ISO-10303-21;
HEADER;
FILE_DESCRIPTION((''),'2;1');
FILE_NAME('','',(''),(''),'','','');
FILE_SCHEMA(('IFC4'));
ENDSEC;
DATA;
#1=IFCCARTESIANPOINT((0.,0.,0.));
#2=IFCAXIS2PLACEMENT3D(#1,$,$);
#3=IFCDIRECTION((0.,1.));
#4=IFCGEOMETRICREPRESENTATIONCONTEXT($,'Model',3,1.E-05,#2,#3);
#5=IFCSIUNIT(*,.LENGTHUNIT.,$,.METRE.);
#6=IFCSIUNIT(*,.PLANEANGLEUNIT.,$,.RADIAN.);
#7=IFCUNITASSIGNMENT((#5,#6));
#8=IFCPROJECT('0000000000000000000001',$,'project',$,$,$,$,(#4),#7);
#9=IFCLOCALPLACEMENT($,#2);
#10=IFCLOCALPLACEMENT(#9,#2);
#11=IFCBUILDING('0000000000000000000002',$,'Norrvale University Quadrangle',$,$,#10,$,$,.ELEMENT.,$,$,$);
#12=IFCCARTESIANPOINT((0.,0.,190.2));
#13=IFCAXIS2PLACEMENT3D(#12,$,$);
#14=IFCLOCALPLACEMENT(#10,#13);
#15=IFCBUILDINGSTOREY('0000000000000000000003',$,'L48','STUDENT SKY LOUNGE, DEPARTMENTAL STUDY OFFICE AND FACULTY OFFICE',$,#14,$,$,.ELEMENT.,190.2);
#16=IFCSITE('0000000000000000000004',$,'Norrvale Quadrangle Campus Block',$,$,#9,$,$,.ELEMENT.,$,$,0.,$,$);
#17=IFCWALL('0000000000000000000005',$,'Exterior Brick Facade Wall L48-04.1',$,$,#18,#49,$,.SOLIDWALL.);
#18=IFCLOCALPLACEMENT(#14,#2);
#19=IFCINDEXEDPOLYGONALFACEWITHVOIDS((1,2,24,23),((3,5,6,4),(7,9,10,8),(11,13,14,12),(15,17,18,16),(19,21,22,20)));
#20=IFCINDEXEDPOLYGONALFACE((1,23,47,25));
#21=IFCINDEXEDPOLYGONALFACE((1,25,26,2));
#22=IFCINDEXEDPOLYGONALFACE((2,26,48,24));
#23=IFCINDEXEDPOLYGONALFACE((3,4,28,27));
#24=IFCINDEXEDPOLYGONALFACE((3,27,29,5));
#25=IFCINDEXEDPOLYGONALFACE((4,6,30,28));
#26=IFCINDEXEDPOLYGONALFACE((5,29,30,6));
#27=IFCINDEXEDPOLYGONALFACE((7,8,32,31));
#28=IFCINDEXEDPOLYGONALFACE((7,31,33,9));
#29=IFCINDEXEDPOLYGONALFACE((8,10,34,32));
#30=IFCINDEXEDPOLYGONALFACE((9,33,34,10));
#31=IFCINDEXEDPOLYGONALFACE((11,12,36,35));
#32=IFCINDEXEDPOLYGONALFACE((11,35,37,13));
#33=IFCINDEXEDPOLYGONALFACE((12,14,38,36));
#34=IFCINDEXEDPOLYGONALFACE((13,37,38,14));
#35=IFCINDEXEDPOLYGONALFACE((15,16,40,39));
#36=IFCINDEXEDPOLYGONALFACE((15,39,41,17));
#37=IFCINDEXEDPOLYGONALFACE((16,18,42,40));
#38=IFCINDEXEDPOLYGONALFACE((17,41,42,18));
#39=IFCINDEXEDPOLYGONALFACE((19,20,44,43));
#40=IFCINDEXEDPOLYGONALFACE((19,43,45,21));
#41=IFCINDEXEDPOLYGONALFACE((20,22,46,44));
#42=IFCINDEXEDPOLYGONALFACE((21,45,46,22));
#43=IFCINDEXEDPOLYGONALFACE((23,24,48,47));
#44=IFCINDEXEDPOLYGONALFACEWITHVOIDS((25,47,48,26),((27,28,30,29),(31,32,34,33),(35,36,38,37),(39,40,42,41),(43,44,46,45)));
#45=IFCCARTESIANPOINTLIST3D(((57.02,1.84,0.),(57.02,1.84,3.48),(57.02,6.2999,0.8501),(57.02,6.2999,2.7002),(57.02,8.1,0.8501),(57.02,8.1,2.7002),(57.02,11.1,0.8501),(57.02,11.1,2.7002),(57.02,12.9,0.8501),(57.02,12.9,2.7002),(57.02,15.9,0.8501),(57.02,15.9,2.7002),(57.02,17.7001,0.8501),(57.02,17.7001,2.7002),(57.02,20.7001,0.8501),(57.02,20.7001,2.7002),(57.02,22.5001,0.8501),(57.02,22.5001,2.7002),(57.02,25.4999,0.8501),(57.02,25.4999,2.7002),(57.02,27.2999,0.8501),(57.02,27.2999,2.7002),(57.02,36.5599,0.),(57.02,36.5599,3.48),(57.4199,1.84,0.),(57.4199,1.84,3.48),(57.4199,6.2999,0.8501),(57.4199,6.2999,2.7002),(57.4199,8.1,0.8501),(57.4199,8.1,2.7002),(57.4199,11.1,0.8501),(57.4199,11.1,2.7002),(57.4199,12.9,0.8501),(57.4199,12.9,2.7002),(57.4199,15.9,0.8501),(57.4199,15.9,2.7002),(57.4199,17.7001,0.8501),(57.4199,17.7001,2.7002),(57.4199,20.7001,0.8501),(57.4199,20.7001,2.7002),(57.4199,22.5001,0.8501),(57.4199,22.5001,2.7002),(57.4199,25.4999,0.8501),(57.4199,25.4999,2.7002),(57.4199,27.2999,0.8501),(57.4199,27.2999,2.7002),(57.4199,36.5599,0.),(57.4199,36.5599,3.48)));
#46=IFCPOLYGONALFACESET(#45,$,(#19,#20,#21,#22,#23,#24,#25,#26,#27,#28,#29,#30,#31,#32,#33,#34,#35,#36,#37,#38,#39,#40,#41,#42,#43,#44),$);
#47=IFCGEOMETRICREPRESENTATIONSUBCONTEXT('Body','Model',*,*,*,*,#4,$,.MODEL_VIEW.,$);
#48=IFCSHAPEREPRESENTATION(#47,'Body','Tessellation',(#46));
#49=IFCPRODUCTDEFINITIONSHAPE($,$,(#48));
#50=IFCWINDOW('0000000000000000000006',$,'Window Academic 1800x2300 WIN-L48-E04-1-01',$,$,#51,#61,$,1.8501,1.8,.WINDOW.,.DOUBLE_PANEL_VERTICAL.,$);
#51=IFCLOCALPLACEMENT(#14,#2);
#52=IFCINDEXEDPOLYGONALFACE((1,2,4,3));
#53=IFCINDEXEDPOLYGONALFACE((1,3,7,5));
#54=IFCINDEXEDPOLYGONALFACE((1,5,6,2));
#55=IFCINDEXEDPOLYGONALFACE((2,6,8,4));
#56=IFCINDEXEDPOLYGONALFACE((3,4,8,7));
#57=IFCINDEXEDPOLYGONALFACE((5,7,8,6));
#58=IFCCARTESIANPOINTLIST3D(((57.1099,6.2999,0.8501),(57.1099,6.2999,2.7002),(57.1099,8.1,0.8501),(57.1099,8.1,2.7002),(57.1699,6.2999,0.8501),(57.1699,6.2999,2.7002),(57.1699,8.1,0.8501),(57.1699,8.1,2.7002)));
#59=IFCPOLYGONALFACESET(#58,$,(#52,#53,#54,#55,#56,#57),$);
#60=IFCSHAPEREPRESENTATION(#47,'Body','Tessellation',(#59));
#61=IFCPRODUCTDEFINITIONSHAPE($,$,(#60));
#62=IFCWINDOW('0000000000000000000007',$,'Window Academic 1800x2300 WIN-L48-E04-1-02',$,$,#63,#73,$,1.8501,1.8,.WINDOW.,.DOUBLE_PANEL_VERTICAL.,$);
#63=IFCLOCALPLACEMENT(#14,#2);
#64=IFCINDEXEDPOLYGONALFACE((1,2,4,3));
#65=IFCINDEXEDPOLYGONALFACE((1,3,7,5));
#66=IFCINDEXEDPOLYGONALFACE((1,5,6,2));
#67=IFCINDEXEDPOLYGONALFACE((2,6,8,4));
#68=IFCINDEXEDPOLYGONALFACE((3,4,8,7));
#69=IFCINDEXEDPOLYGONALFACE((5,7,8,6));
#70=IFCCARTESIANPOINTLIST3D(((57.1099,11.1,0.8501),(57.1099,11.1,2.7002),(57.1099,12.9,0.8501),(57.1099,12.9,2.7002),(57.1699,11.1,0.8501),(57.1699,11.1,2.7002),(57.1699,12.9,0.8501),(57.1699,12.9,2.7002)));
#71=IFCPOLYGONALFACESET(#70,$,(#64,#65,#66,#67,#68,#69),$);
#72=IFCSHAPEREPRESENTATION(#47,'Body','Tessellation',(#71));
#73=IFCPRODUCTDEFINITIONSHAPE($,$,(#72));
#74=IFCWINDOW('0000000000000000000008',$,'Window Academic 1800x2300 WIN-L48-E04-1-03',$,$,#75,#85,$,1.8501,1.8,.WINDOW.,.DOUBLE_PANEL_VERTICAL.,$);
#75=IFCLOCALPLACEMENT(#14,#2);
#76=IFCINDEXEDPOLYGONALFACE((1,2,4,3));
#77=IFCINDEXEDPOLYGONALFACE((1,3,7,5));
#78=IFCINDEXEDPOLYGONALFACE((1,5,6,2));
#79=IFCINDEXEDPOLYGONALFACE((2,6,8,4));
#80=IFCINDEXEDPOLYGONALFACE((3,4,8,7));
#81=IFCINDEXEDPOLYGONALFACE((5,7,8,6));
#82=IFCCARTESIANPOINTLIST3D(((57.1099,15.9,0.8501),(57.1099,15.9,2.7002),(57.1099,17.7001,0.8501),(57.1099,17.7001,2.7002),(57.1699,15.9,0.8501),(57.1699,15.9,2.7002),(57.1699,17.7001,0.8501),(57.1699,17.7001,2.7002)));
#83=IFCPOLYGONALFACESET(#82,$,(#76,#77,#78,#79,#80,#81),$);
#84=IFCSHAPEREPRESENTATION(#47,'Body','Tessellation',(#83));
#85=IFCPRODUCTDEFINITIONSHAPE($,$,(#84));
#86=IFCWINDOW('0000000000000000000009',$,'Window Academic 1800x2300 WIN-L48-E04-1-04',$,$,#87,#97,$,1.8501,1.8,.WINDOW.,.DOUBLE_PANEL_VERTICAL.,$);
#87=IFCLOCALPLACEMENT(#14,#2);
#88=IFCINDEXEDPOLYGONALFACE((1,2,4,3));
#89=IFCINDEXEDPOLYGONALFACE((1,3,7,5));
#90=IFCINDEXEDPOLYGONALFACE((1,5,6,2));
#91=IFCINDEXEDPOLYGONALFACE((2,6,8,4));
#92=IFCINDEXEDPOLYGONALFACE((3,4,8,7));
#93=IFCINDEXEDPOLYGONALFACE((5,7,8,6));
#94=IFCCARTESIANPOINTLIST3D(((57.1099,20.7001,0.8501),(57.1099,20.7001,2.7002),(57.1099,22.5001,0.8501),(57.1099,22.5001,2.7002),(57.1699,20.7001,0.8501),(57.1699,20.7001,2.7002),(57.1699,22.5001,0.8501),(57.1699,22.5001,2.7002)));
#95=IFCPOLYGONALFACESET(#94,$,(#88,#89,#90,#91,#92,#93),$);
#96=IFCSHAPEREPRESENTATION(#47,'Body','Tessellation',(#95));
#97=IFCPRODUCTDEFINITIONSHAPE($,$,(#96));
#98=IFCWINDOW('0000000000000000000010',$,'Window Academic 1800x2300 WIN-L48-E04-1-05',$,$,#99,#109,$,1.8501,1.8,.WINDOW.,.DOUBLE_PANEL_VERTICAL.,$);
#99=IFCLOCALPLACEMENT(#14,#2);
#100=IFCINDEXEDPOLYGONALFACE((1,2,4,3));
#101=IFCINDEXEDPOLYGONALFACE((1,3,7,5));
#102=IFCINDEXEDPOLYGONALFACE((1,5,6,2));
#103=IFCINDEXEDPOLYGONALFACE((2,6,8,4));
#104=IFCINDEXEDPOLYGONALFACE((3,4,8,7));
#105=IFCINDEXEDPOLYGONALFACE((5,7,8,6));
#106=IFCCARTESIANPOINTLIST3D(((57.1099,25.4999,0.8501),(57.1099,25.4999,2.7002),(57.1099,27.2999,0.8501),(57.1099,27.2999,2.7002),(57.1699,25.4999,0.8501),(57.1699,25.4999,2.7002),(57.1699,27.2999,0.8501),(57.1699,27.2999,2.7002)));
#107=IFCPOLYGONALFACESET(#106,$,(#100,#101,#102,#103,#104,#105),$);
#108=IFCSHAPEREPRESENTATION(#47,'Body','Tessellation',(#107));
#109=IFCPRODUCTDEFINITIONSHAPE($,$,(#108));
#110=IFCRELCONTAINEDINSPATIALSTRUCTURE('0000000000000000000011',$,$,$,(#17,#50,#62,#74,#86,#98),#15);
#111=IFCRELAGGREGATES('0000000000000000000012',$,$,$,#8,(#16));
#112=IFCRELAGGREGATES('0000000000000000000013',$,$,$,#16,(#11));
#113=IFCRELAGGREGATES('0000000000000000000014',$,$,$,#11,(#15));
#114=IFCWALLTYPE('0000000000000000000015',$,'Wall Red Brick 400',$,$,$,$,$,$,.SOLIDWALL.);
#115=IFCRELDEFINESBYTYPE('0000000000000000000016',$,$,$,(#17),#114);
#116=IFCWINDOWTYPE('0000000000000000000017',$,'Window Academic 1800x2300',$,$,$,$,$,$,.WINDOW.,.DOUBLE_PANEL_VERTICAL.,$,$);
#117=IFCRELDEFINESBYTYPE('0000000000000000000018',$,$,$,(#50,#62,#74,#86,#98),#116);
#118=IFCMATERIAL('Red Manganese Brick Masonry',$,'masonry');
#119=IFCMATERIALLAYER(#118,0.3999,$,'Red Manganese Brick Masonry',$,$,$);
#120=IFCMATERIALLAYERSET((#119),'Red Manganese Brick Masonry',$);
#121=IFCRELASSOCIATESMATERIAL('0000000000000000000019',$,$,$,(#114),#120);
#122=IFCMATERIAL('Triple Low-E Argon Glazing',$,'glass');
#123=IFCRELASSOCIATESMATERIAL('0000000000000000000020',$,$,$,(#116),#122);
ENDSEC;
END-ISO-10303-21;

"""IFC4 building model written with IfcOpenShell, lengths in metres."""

from ifc_helpers import new_model, si_unit, direction, frame, frame_2d, origin, place, context, subcontext, project, spatial, rectangle, extrude, material, layer, layer_set, type_object, element, fill, save


model = new_model("IFC4")

# Units and contexts
model_context = context("Model", 3, precision=1e-05, world=origin(), true_north=direction((0.0, 1.0)))
body_context = subcontext(model_context, "Body", "Model", "MODEL_VIEW")
ifc_project = project(units=[si_unit("LENGTHUNIT", "METRE"), si_unit("PLANEANGLEUNIT", "RADIAN")], contexts=[model_context])

# Site, building, storey
site_placement = place(None, origin())
site = spatial("IfcSite", under=ifc_project, at=site_placement, Name="Norrvale Quadrangle Campus Block", CompositionType="ELEMENT", RefElevation=0.0)
building_placement = place(site_placement, origin())
building = spatial("IfcBuilding", under=site, at=building_placement, Name="Norrvale University Quadrangle", CompositionType="ELEMENT")
storey_placement = place(building_placement, frame((0.0, 0.0, 190.2)))
storey = spatial("IfcBuildingStorey", under=building, at=storey_placement, Name="L48", Description="STUDENT SKY LOUNGE, DEPARTMENTAL STUDY OFFICE AND FACULTY OFFICE", CompositionType="ELEMENT", Elevation=190.2)

# Shared definitions
ifc_material_1 = material(Name="Red Manganese Brick Masonry", Category="masonry")
ifc_layer_1 = layer(ifc_material_1, 0.3999, Name="Red Manganese Brick Masonry")
ifc_layer_set_1 = layer_set([ifc_layer_1], Name="Red Manganese Brick Masonry")
wall_type_1 = type_object("IfcWallType", Name="Wall Red Brick 400", PredefinedType="SOLIDWALL", material=ifc_layer_set_1)

# Wall, openings, windows
wall_1_placement = place(storey_placement, frame((57.22, 1.8401, 0.0), z_axis=(0.0, 0.0, 1.0), x_axis=(0.0, 1.0, 0.0)))
wall_1 = element("IfcWall", 1, at=wall_1_placement, inside=storey, type_object=wall_type_1, Name="Exterior Brick Facade Wall L48-04.1", PredefinedType="SOLIDWALL", context=body_context, shape_type="SweptSolid", body=[
    extrude(rectangle(XDim=34.72, YDim=0.3999, at=frame_2d((17.3599, 0.0))), origin(), (0.0, 0.0, 1.0), 3.48),
])
opening_1_placement = place(wall_1_placement, frame((4.46, 0.0, 0.8501)))
opening_1 = element("IfcOpeningElement", 2, at=opening_1_placement, cuts=wall_1, PredefinedType="OPENING", context=body_context, shape_type="SweptSolid", body=[
    extrude(rectangle(XDim=1.8, YDim=1.8501, at=frame_2d((0.8999, 0.925))), frame((0.0, 0.2119, 0.0), z_axis=(0.0, -1.0, 0.0), x_axis=(1.0, 0.0, 0.0)), (0.0, 0.0, 1.0), 0.4238),
])
opening_2_placement = place(wall_1_placement, frame((9.26, 0.0, 0.8501)))
opening_2 = element("IfcOpeningElement", 3, at=opening_2_placement, cuts=wall_1, PredefinedType="OPENING", context=body_context, shape_type="SweptSolid", body=[
    extrude(rectangle(XDim=1.8, YDim=1.8501, at=frame_2d((0.8999, 0.925))), frame((0.0, 0.2119, 0.0), z_axis=(0.0, -1.0, 0.0), x_axis=(1.0, 0.0, 0.0)), (0.0, 0.0, 1.0), 0.4238),
])
opening_3_placement = place(wall_1_placement, frame((14.0601, 0.0, 0.8501)))
opening_3 = element("IfcOpeningElement", 4, at=opening_3_placement, cuts=wall_1, PredefinedType="OPENING", context=body_context, shape_type="SweptSolid", body=[
    extrude(rectangle(XDim=1.8, YDim=1.8501, at=frame_2d((0.8999, 0.925))), frame((0.0, 0.2119, 0.0), z_axis=(0.0, -1.0, 0.0), x_axis=(1.0, 0.0, 0.0)), (0.0, 0.0, 1.0), 0.4238),
])
opening_4_placement = place(wall_1_placement, frame((18.8601, 0.0, 0.8501)))
opening_4 = element("IfcOpeningElement", 5, at=opening_4_placement, cuts=wall_1, PredefinedType="OPENING", context=body_context, shape_type="SweptSolid", body=[
    extrude(rectangle(XDim=1.8, YDim=1.8501, at=frame_2d((0.8999, 0.925))), frame((0.0, 0.2119, 0.0), z_axis=(0.0, -1.0, 0.0), x_axis=(1.0, 0.0, 0.0)), (0.0, 0.0, 1.0), 0.4238),
])
opening_5_placement = place(wall_1_placement, frame((23.6599, 0.0, 0.8501)))
opening_5 = element("IfcOpeningElement", 6, at=opening_5_placement, cuts=wall_1, PredefinedType="OPENING", context=body_context, shape_type="SweptSolid", body=[
    extrude(rectangle(XDim=1.8, YDim=1.8501, at=frame_2d((0.8999, 0.925))), frame((0.0, 0.2119, 0.0), z_axis=(0.0, -1.0, 0.0), x_axis=(1.0, 0.0, 0.0)), (0.0, 0.0, 1.0), 0.4238),
])
ifc_material_2 = material(Name="Triple Low-E Argon Glazing", Category="glass")
window_type = type_object("IfcWindowType", Name="Window Academic 1800x2300", PartitioningType="DOUBLE_PANEL_VERTICAL", PredefinedType="WINDOW", material=ifc_material_2)
window_1_placement = place(opening_1_placement, origin())
window_1 = element("IfcWindow", 7, at=window_1_placement, inside=storey, type_object=window_type, Name="Window Academic 1800x2300 WIN-L48-E04-1-01", OverallHeight=1.8501, OverallWidth=1.8, PartitioningType="DOUBLE_PANEL_VERTICAL", PredefinedType="WINDOW", context=body_context, shape_type="SweptSolid", body=[
    extrude(rectangle(XDim=1.8, YDim=1.8501, at=frame_2d((0.8999, 0.925))), frame((0.0, 0.1101, 0.0), z_axis=(0.0, -1.0, 0.0), x_axis=(1.0, 0.0, 0.0)), (0.0, 0.0, 1.0), 0.0601),
])
fill(opening_1, window_1)
window_2_placement = place(opening_2_placement, origin())
window_2 = element("IfcWindow", 8, at=window_2_placement, inside=storey, type_object=window_type, Name="Window Academic 1800x2300 WIN-L48-E04-1-02", OverallHeight=1.8501, OverallWidth=1.8, PartitioningType="DOUBLE_PANEL_VERTICAL", PredefinedType="WINDOW", context=body_context, shape_type="SweptSolid", body=[
    extrude(rectangle(XDim=1.8, YDim=1.8501, at=frame_2d((0.8999, 0.925))), frame((0.0, 0.1101, 0.0), z_axis=(0.0, -1.0, 0.0), x_axis=(1.0, 0.0, 0.0)), (0.0, 0.0, 1.0), 0.0601),
])
fill(opening_2, window_2)
window_3_placement = place(opening_3_placement, origin())
window_3 = element("IfcWindow", 9, at=window_3_placement, inside=storey, type_object=window_type, Name="Window Academic 1800x2300 WIN-L48-E04-1-03", OverallHeight=1.8501, OverallWidth=1.8, PartitioningType="DOUBLE_PANEL_VERTICAL", PredefinedType="WINDOW", context=body_context, shape_type="SweptSolid", body=[
    extrude(rectangle(XDim=1.8, YDim=1.8501, at=frame_2d((0.8999, 0.925))), frame((0.0, 0.1101, 0.0), z_axis=(0.0, -1.0, 0.0), x_axis=(1.0, 0.0, 0.0)), (0.0, 0.0, 1.0), 0.0601),
])
fill(opening_3, window_3)
window_4_placement = place(opening_4_placement, origin())
window_4 = element("IfcWindow", 10, at=window_4_placement, inside=storey, type_object=window_type, Name="Window Academic 1800x2300 WIN-L48-E04-1-04", OverallHeight=1.8501, OverallWidth=1.8, PartitioningType="DOUBLE_PANEL_VERTICAL", PredefinedType="WINDOW", context=body_context, shape_type="SweptSolid", body=[
    extrude(rectangle(XDim=1.8, YDim=1.8501, at=frame_2d((0.8999, 0.925))), frame((0.0, 0.1101, 0.0), z_axis=(0.0, -1.0, 0.0), x_axis=(1.0, 0.0, 0.0)), (0.0, 0.0, 1.0), 0.0601),
])
fill(opening_4, window_4)
window_5_placement = place(opening_5_placement, origin())
window_5 = element("IfcWindow", 11, at=window_5_placement, inside=storey, type_object=window_type, Name="Window Academic 1800x2300 WIN-L48-E04-1-05", OverallHeight=1.8501, OverallWidth=1.8, PartitioningType="DOUBLE_PANEL_VERTICAL", PredefinedType="WINDOW", context=body_context, shape_type="SweptSolid", body=[
    extrude(rectangle(XDim=1.8, YDim=1.8501, at=frame_2d((0.8999, 0.925))), frame((0.0, 0.1101, 0.0), z_axis=(0.0, -1.0, 0.0), x_axis=(1.0, 0.0, 0.0)), (0.0, 0.0, 1.0), 0.0601),
])
fill(opening_5, window_5)

save(model, "model.ifc")
